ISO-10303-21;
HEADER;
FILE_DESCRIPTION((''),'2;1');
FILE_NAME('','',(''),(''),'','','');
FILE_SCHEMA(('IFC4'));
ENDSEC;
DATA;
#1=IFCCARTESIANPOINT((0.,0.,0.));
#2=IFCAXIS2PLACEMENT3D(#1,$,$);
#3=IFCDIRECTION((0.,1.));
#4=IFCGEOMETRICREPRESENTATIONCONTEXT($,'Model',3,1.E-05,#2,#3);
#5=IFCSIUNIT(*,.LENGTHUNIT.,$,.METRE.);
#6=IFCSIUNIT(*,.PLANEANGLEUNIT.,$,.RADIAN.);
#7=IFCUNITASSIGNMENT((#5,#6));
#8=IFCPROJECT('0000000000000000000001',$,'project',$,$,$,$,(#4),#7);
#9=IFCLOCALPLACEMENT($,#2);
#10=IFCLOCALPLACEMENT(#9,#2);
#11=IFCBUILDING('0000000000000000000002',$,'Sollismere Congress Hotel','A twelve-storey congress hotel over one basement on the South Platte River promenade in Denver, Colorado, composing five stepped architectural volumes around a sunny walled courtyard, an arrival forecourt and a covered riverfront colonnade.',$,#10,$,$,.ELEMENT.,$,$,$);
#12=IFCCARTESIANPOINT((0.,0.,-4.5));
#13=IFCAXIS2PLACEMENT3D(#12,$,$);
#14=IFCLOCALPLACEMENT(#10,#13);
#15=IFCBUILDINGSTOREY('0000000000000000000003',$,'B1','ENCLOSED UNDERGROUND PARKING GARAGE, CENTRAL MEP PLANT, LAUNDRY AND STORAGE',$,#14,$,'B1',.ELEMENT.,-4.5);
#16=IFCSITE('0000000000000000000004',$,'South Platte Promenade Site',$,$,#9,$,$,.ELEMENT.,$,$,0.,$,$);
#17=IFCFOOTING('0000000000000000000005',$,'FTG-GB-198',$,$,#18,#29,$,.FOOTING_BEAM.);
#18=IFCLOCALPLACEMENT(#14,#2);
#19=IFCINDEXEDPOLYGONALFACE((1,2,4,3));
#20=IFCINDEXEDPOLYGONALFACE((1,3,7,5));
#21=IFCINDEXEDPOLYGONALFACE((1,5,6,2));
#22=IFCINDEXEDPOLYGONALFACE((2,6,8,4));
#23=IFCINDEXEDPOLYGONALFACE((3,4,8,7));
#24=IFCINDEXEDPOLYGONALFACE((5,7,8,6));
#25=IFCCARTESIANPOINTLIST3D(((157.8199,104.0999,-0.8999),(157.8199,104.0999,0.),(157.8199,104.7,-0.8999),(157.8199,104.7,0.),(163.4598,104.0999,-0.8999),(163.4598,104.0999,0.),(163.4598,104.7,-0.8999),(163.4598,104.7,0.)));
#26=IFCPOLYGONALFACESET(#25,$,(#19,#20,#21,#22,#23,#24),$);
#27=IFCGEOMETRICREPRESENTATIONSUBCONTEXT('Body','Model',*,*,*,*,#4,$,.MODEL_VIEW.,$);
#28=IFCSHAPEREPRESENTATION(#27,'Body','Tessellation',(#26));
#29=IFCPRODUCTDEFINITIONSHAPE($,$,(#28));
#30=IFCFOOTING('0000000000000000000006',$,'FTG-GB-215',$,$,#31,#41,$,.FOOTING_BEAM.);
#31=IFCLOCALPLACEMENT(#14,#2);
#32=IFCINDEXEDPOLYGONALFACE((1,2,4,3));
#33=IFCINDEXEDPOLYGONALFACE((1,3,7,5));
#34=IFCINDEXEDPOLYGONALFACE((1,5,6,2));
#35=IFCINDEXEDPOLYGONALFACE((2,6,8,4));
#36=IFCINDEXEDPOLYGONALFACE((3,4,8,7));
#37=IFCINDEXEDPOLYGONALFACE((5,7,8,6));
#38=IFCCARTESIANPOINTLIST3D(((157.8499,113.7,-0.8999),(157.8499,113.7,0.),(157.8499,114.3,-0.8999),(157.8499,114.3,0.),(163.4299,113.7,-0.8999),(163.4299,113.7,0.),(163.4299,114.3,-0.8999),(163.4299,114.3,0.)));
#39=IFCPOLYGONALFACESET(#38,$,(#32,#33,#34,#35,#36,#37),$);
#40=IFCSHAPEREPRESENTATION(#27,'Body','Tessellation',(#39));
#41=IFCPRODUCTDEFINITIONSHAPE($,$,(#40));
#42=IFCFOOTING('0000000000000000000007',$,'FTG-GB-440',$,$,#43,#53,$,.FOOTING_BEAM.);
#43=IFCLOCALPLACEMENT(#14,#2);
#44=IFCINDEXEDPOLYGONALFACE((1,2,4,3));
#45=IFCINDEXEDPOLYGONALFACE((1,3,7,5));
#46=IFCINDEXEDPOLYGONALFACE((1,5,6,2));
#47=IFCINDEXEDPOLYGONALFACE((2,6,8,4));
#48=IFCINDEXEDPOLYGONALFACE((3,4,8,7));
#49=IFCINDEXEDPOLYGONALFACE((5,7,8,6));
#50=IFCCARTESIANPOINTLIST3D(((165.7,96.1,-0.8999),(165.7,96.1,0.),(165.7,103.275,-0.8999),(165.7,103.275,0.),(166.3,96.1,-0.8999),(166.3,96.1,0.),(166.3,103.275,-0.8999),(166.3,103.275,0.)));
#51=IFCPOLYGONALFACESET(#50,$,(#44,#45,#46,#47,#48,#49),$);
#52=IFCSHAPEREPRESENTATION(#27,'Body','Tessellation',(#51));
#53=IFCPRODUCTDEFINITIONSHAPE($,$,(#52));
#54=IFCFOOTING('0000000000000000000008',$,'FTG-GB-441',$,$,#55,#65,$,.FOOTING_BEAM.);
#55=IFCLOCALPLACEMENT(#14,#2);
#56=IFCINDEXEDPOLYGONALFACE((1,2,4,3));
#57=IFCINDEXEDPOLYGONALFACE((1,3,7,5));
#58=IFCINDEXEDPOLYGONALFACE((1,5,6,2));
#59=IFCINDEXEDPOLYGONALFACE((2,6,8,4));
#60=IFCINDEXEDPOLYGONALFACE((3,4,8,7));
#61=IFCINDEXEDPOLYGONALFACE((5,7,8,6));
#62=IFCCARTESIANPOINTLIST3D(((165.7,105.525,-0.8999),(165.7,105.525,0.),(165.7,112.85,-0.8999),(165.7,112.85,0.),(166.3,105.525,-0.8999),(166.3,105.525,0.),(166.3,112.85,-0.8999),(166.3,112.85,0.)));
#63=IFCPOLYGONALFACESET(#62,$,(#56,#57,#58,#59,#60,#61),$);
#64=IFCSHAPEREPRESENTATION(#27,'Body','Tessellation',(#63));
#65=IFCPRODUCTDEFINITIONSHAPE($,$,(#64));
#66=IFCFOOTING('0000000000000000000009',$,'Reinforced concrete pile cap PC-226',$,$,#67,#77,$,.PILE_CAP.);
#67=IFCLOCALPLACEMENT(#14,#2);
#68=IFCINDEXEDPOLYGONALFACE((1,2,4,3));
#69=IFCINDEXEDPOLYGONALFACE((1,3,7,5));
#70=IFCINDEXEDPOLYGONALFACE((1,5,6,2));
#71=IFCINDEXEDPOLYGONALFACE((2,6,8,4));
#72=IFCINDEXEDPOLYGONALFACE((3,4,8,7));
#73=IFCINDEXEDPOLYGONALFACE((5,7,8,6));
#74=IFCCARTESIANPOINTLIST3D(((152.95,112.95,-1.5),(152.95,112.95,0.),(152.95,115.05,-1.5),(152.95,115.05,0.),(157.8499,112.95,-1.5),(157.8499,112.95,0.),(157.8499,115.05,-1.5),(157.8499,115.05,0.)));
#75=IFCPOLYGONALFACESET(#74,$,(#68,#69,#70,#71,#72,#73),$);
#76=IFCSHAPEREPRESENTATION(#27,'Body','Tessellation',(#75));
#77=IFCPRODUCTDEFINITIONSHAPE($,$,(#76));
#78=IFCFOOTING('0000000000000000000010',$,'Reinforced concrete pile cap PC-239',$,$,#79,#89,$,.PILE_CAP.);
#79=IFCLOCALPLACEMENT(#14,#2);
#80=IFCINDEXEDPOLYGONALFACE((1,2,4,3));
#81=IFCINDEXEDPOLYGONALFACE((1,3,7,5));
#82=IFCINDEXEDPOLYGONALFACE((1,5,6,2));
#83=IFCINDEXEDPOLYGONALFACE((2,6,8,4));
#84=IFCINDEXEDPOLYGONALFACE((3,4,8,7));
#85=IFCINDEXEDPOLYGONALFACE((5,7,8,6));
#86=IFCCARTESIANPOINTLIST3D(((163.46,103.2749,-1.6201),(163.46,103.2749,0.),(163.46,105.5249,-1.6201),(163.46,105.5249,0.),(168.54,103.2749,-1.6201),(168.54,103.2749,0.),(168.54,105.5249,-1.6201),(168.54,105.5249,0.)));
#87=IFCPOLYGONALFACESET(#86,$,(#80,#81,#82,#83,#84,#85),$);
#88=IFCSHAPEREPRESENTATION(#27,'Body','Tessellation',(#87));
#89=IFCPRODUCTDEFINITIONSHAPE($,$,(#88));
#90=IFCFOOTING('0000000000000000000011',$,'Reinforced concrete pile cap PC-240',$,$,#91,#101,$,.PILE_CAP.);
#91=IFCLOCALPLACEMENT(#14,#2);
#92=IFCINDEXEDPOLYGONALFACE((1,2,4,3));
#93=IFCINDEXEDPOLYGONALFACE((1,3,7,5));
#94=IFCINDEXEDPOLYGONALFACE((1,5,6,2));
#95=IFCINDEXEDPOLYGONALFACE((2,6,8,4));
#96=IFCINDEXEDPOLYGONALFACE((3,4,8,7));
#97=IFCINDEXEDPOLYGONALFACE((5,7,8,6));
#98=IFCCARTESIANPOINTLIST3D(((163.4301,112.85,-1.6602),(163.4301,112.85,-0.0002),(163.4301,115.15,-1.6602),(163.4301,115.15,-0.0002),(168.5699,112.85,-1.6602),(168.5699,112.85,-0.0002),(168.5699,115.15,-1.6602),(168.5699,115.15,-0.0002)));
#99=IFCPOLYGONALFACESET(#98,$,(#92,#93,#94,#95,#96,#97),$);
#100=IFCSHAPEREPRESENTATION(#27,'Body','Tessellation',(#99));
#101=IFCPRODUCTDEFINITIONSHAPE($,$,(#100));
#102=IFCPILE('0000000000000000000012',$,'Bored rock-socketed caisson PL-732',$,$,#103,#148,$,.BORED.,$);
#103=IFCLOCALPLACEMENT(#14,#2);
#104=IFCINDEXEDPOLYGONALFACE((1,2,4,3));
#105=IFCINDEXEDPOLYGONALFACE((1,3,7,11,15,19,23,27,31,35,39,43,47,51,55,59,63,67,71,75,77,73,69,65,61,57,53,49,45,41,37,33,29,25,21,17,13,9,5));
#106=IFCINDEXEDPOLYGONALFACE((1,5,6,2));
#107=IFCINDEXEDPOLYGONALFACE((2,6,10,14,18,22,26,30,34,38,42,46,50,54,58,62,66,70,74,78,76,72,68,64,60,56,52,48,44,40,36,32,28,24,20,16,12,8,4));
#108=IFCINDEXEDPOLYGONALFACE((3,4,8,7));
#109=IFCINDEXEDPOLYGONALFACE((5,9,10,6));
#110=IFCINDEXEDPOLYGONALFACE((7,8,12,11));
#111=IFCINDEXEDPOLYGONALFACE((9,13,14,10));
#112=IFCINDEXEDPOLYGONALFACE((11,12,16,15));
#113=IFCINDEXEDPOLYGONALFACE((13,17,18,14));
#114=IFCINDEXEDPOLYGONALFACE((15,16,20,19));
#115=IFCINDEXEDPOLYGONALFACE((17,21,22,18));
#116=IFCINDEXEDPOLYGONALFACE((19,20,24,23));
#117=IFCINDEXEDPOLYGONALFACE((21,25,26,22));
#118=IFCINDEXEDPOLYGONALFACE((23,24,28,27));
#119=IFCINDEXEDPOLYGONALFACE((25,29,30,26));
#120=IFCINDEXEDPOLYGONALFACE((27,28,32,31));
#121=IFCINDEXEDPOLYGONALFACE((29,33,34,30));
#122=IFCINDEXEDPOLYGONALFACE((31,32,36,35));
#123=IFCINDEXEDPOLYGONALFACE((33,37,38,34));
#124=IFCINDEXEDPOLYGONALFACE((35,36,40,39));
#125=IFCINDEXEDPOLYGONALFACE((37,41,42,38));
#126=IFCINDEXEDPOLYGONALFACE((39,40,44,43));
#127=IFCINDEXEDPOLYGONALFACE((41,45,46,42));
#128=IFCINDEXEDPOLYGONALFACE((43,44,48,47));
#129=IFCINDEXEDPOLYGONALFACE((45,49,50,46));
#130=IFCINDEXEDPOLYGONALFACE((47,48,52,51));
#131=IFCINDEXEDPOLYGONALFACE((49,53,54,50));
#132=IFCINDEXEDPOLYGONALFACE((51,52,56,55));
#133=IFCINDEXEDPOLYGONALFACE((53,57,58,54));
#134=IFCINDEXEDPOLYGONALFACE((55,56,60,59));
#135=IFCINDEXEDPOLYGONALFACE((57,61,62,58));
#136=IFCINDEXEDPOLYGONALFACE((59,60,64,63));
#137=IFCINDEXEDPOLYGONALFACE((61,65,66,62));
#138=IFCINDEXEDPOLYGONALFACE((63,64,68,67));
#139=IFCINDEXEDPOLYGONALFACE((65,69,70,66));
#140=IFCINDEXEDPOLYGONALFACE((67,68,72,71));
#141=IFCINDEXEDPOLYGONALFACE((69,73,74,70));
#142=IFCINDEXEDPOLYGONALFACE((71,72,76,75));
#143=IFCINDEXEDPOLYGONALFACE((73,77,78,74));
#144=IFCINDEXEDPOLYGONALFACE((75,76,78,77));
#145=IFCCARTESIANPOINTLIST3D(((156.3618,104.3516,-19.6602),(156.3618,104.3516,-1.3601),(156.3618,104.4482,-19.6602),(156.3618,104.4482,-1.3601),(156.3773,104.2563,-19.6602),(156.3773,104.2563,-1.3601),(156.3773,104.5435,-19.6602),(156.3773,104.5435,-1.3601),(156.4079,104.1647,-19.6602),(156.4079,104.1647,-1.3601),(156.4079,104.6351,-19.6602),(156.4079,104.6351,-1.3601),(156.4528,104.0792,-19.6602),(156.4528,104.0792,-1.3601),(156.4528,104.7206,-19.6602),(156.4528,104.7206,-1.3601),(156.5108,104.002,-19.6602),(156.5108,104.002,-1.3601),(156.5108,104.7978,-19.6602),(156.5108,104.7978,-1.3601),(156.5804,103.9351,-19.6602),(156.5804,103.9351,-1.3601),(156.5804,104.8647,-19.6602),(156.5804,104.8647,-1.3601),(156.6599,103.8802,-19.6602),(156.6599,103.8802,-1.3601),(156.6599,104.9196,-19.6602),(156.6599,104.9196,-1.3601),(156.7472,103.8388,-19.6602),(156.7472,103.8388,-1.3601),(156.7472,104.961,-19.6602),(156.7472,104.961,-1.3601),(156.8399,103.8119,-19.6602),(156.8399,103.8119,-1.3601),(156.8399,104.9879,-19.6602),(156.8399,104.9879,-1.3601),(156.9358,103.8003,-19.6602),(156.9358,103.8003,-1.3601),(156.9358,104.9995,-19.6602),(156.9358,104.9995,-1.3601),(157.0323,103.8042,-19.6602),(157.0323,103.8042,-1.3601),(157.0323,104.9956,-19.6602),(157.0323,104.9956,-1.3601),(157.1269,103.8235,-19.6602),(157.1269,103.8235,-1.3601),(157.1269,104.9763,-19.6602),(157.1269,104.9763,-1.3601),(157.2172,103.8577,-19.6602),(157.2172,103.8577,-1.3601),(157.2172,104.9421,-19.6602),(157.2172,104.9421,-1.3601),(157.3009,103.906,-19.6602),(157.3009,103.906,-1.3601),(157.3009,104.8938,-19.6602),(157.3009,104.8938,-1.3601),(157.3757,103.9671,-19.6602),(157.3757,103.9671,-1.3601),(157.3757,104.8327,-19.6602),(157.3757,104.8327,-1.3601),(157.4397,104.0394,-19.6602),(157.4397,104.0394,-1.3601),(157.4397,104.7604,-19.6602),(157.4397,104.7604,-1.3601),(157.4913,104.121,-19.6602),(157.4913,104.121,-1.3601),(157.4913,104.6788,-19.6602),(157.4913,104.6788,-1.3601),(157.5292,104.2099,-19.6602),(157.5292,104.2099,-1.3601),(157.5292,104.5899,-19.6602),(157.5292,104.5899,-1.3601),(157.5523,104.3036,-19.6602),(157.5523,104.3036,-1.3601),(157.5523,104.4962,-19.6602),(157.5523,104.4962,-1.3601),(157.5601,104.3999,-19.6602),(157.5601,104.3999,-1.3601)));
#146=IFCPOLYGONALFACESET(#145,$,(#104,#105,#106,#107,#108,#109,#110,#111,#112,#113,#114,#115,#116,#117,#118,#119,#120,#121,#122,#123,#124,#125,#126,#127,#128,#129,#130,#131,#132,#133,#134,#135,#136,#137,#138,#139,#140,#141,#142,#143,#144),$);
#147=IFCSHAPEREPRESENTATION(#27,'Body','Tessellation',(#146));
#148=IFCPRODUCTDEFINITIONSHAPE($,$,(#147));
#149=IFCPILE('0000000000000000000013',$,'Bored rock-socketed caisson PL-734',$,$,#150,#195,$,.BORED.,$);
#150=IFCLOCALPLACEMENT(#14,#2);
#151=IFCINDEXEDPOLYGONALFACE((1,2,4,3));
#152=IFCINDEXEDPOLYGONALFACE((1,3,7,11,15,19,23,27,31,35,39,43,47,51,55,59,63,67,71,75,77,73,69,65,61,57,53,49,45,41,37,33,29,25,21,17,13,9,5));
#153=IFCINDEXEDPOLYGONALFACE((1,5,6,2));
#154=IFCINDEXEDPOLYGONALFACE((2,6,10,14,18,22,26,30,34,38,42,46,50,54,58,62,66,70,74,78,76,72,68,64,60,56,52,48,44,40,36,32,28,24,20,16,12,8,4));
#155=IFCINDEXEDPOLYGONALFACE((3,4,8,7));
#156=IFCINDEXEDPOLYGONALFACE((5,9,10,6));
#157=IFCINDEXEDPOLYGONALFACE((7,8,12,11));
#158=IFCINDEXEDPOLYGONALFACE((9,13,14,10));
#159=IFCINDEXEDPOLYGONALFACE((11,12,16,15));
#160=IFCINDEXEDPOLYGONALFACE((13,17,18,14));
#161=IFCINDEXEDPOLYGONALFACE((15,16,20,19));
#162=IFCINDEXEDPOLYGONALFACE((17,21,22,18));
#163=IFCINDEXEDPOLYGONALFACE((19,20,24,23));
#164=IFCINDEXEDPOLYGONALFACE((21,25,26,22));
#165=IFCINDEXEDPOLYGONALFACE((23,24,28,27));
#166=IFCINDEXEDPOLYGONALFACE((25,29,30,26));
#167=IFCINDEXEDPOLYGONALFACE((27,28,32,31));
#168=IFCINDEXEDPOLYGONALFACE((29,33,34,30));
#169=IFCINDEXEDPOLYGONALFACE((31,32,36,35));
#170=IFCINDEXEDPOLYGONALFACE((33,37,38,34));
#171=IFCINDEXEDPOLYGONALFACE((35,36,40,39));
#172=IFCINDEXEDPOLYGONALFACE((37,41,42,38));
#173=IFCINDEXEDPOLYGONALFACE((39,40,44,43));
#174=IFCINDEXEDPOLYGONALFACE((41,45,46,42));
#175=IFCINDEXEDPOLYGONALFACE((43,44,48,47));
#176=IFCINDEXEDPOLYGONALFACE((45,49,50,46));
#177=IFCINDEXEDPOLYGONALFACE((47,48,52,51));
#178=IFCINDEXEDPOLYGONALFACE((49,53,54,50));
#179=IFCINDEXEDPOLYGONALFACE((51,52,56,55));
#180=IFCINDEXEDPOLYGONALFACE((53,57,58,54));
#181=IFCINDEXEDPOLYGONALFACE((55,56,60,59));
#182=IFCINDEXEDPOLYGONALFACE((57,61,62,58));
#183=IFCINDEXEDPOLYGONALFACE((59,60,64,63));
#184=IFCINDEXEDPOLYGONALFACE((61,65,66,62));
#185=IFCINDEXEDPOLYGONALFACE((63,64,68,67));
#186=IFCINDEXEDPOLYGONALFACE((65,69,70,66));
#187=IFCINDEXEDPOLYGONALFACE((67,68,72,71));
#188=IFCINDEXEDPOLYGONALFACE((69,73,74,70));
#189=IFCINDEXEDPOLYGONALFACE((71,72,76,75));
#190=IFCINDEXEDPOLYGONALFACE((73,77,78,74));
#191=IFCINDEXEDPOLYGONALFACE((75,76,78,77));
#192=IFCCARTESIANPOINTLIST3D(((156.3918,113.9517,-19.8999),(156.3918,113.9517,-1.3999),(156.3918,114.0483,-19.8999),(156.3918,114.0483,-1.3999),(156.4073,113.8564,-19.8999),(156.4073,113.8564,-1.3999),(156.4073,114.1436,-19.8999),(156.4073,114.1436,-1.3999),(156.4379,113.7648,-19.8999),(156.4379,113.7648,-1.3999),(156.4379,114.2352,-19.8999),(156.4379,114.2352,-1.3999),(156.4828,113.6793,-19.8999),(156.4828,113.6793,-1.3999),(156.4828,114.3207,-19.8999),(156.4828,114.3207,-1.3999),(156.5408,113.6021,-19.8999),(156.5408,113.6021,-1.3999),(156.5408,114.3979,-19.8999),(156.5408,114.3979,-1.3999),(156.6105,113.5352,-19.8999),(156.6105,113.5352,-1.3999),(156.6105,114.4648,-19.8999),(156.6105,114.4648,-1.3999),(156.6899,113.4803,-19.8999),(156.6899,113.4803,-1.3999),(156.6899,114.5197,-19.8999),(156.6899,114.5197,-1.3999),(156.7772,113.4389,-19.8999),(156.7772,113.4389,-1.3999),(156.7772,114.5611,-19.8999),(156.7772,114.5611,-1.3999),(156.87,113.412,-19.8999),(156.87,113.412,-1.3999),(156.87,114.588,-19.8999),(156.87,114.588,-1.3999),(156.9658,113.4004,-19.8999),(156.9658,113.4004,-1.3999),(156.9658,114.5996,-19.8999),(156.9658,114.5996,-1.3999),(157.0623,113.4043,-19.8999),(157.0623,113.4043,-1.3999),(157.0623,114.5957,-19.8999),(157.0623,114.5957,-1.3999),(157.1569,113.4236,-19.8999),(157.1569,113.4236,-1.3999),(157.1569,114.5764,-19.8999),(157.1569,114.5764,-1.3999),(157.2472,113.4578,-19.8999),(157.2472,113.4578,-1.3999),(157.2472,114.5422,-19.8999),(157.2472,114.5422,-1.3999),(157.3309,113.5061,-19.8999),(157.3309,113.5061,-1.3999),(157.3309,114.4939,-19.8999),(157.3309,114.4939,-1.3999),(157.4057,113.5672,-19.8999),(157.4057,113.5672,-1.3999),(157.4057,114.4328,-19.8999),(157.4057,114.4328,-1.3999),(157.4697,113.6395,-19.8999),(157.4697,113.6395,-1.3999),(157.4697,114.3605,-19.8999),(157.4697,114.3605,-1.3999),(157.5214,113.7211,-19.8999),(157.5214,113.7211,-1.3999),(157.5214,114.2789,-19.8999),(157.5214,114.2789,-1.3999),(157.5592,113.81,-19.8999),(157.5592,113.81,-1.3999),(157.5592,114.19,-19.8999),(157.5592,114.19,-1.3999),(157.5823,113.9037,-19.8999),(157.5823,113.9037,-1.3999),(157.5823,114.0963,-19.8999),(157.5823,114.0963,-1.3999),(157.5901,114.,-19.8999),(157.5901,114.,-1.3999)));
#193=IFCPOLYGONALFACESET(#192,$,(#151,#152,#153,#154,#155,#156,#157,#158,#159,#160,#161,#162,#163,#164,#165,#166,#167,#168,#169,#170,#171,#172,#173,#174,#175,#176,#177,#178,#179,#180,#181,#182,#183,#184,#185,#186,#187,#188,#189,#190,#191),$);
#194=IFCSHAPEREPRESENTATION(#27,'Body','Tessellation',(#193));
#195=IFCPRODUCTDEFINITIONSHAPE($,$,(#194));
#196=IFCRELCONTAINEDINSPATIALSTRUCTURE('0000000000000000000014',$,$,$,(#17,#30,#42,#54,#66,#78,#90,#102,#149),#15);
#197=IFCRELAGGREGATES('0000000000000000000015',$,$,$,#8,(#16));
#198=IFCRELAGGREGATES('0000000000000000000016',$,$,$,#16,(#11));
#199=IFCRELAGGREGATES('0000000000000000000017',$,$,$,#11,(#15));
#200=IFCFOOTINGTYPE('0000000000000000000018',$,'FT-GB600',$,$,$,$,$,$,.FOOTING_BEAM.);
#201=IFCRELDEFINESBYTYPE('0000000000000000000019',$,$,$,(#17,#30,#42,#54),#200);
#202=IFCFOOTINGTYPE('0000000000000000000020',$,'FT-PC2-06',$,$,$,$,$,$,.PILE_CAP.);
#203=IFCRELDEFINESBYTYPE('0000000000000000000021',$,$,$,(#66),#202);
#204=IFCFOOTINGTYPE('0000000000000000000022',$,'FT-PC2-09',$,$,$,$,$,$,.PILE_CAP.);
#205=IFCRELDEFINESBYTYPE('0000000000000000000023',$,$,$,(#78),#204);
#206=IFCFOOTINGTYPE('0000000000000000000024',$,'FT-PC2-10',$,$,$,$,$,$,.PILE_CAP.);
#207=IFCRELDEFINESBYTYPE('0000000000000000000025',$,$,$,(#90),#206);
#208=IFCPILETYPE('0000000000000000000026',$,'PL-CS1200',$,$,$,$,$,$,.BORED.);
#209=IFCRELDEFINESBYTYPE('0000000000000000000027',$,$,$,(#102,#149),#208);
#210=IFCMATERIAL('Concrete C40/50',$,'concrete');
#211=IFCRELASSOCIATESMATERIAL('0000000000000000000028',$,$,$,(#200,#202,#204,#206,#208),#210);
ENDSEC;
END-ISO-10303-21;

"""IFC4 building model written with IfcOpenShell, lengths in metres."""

from ifc_helpers import new_model, si_unit, direction, frame, origin, origin_2d, place, context, subcontext, project, spatial, rectangle, circle, extrude, material, material_profile, profile_set, type_object, element, save


model = new_model("IFC4")

# Units and contexts
model_context = context("Model", 3, precision=1e-05, world=origin(), true_north=direction((0.0, 1.0)))
body_context = subcontext(model_context, "Body", "Model", "MODEL_VIEW")
ifc_project = project(units=[si_unit("LENGTHUNIT", "METRE"), si_unit("PLANEANGLEUNIT", "RADIAN")], contexts=[model_context])

# Site, building, storey
site_placement = place(None, origin())
site = spatial("IfcSite", under=ifc_project, at=site_placement, Name="South Platte Promenade Site", CompositionType="ELEMENT", RefElevation=0.0)
building_placement = place(site_placement, origin())
building = spatial("IfcBuilding", under=site, at=building_placement, Name="Sollismere Congress Hotel", Description="A twelve-storey congress hotel over one basement on the South Platte River promenade in Denver, Colorado, composing five stepped architectural volumes around a sunny walled courtyard, an arrival forecourt and a covered riverfront colonnade.", CompositionType="ELEMENT")
storey_placement = place(building_placement, frame((0.0, 0.0, -4.5)))
storey = spatial("IfcBuildingStorey", under=building, at=storey_placement, Name="B1", Description="ENCLOSED UNDERGROUND PARKING GARAGE, CENTRAL MEP PLANT, LAUNDRY AND STORAGE", LongName="B1", CompositionType="ELEMENT", Elevation=-4.5)

# Footings
ifc_material_1 = material(Name="Concrete C40/50", Category="concrete")
footing_type_1 = type_object("IfcFootingType", Name="FT-GB600", PredefinedType="FOOTING_BEAM", material=ifc_material_1)
footing_1_placement = place(storey_placement, frame((160.6399, 104.3999, -0.8999), z_axis=(0.0, 0.0, 1.0), x_axis=(1.0, 0.0, 0.0)))
element("IfcFooting", 1, at=footing_1_placement, inside=storey, type_object=footing_type_1, Name="FTG-GB-198", PredefinedType="FOOTING_BEAM", context=body_context, shape_type="SweptSolid", body=[
    extrude(rectangle(XDim=5.6399, YDim=0.6001, at=origin_2d()), origin(), (0.0, 0.0, 1.0), 0.8999),
])
footing_2_placement = place(storey_placement, frame((160.6399, 114.0, -0.8999), z_axis=(0.0, 0.0, 1.0), x_axis=(1.0, 0.0, 0.0)))
element("IfcFooting", 2, at=footing_2_placement, inside=storey, type_object=footing_type_1, Name="FTG-GB-215", PredefinedType="FOOTING_BEAM", context=body_context, shape_type="SweptSolid", body=[
    extrude(rectangle(XDim=5.5801, YDim=0.6001, at=origin_2d()), origin(), (0.0, 0.0, 1.0), 0.8999),
])
footing_3_placement = place(storey_placement, frame((166.0, 99.6875, -0.8999), z_axis=(0.0, 0.0, 1.0), x_axis=(0.0, 1.0, 0.0)))
element("IfcFooting", 3, at=footing_3_placement, inside=storey, type_object=footing_type_1, Name="FTG-GB-440", PredefinedType="FOOTING_BEAM", context=body_context, shape_type="SweptSolid", body=[
    extrude(rectangle(XDim=7.175, YDim=0.6001, at=origin_2d()), origin(), (0.0, 0.0, 1.0), 0.8999),
])
footing_4_placement = place(storey_placement, frame((166.0, 109.1875, -0.8999), z_axis=(0.0, 0.0, 1.0), x_axis=(0.0, 1.0, 0.0)))
element("IfcFooting", 4, at=footing_4_placement, inside=storey, type_object=footing_type_1, Name="FTG-GB-441", PredefinedType="FOOTING_BEAM", context=body_context, shape_type="SweptSolid", body=[
    extrude(rectangle(XDim=7.325, YDim=0.6001, at=origin_2d()), origin(), (0.0, 0.0, 1.0), 0.8999),
])
footing_type_2 = type_object("IfcFootingType", Name="FT-PC2-06", PredefinedType="PILE_CAP", material=ifc_material_1)
footing_5_placement = place(storey_placement, frame((155.3999, 114.0, -1.5), z_axis=(0.0, 0.0, 1.0), x_axis=(1.0, 0.0, 0.0)))
element("IfcFooting", 5, at=footing_5_placement, inside=storey, type_object=footing_type_2, Name="Reinforced concrete pile cap PC-226", PredefinedType="PILE_CAP", context=body_context, shape_type="SweptSolid", body=[
    extrude(rectangle(XDim=4.8999, YDim=2.1001, at=origin_2d()), origin(), (0.0, 0.0, 1.0), 1.5),
])
footing_type_3 = type_object("IfcFootingType", Name="FT-PC2-09", PredefinedType="PILE_CAP", material=ifc_material_1)
footing_6_placement = place(storey_placement, frame((166.0, 104.3999, -1.6201), z_axis=(0.0, 0.0, 1.0), x_axis=(1.0, 0.0, 0.0)))
element("IfcFooting", 6, at=footing_6_placement, inside=storey, type_object=footing_type_3, Name="Reinforced concrete pile cap PC-239", PredefinedType="PILE_CAP", context=body_context, shape_type="SweptSolid", body=[
    extrude(rectangle(XDim=5.0801, YDim=2.25, at=origin_2d()), origin(), (0.0, 0.0, 1.0), 1.6201),
])
footing_type_4 = type_object("IfcFootingType", Name="FT-PC2-10", PredefinedType="PILE_CAP", material=ifc_material_1)
footing_7_placement = place(storey_placement, frame((166.0, 114.0, -1.6602), z_axis=(0.0, 0.0, 1.0), x_axis=(1.0, 0.0, 0.0)))
element("IfcFooting", 7, at=footing_7_placement, inside=storey, type_object=footing_type_4, Name="Reinforced concrete pile cap PC-240", PredefinedType="PILE_CAP", context=body_context, shape_type="SweptSolid", body=[
    extrude(rectangle(XDim=5.1399, YDim=2.3, at=origin_2d()), origin(), (0.0, 0.0, 1.0), 1.6599),
])

# Piles
ifc_material_profile_1 = material_profile(ifc_material_1, circle(Radius=0.6001, at=origin_2d()), Name="CAISSON1200")
ifc_profile_set_1 = profile_set([ifc_material_profile_1], Name="Concrete C40/50")
pile_type = type_object("IfcPileType", Name="PL-CS1200", PredefinedType="BORED", material=ifc_profile_set_1)
pile_1_placement = place(storey_placement, frame((156.96, 104.3999, -1.3601), z_axis=(0.0, 0.0, -1.0), x_axis=(1.0, 0.0, 0.0)))
element("IfcPile", 8, at=pile_1_placement, inside=storey, type_object=pile_type, Name="Bored rock-socketed caisson PL-732", PredefinedType="BORED", context=body_context, shape_type="SweptSolid", body=[
    extrude(circle(Radius=0.6001, at=origin_2d()), origin(), (0.0, 0.0, 1.0), 18.3),
])
pile_2_placement = place(storey_placement, frame((156.99, 114.0, -1.3999), z_axis=(0.0, 0.0, -1.0), x_axis=(1.0, 0.0, 0.0)))
element("IfcPile", 9, at=pile_2_placement, inside=storey, type_object=pile_type, Name="Bored rock-socketed caisson PL-734", PredefinedType="BORED", context=body_context, shape_type="SweptSolid", body=[
    extrude(circle(Radius=0.6001, at=origin_2d()), origin(), (0.0, 0.0, 1.0), 18.5),
])

save(model, "model.ifc")
